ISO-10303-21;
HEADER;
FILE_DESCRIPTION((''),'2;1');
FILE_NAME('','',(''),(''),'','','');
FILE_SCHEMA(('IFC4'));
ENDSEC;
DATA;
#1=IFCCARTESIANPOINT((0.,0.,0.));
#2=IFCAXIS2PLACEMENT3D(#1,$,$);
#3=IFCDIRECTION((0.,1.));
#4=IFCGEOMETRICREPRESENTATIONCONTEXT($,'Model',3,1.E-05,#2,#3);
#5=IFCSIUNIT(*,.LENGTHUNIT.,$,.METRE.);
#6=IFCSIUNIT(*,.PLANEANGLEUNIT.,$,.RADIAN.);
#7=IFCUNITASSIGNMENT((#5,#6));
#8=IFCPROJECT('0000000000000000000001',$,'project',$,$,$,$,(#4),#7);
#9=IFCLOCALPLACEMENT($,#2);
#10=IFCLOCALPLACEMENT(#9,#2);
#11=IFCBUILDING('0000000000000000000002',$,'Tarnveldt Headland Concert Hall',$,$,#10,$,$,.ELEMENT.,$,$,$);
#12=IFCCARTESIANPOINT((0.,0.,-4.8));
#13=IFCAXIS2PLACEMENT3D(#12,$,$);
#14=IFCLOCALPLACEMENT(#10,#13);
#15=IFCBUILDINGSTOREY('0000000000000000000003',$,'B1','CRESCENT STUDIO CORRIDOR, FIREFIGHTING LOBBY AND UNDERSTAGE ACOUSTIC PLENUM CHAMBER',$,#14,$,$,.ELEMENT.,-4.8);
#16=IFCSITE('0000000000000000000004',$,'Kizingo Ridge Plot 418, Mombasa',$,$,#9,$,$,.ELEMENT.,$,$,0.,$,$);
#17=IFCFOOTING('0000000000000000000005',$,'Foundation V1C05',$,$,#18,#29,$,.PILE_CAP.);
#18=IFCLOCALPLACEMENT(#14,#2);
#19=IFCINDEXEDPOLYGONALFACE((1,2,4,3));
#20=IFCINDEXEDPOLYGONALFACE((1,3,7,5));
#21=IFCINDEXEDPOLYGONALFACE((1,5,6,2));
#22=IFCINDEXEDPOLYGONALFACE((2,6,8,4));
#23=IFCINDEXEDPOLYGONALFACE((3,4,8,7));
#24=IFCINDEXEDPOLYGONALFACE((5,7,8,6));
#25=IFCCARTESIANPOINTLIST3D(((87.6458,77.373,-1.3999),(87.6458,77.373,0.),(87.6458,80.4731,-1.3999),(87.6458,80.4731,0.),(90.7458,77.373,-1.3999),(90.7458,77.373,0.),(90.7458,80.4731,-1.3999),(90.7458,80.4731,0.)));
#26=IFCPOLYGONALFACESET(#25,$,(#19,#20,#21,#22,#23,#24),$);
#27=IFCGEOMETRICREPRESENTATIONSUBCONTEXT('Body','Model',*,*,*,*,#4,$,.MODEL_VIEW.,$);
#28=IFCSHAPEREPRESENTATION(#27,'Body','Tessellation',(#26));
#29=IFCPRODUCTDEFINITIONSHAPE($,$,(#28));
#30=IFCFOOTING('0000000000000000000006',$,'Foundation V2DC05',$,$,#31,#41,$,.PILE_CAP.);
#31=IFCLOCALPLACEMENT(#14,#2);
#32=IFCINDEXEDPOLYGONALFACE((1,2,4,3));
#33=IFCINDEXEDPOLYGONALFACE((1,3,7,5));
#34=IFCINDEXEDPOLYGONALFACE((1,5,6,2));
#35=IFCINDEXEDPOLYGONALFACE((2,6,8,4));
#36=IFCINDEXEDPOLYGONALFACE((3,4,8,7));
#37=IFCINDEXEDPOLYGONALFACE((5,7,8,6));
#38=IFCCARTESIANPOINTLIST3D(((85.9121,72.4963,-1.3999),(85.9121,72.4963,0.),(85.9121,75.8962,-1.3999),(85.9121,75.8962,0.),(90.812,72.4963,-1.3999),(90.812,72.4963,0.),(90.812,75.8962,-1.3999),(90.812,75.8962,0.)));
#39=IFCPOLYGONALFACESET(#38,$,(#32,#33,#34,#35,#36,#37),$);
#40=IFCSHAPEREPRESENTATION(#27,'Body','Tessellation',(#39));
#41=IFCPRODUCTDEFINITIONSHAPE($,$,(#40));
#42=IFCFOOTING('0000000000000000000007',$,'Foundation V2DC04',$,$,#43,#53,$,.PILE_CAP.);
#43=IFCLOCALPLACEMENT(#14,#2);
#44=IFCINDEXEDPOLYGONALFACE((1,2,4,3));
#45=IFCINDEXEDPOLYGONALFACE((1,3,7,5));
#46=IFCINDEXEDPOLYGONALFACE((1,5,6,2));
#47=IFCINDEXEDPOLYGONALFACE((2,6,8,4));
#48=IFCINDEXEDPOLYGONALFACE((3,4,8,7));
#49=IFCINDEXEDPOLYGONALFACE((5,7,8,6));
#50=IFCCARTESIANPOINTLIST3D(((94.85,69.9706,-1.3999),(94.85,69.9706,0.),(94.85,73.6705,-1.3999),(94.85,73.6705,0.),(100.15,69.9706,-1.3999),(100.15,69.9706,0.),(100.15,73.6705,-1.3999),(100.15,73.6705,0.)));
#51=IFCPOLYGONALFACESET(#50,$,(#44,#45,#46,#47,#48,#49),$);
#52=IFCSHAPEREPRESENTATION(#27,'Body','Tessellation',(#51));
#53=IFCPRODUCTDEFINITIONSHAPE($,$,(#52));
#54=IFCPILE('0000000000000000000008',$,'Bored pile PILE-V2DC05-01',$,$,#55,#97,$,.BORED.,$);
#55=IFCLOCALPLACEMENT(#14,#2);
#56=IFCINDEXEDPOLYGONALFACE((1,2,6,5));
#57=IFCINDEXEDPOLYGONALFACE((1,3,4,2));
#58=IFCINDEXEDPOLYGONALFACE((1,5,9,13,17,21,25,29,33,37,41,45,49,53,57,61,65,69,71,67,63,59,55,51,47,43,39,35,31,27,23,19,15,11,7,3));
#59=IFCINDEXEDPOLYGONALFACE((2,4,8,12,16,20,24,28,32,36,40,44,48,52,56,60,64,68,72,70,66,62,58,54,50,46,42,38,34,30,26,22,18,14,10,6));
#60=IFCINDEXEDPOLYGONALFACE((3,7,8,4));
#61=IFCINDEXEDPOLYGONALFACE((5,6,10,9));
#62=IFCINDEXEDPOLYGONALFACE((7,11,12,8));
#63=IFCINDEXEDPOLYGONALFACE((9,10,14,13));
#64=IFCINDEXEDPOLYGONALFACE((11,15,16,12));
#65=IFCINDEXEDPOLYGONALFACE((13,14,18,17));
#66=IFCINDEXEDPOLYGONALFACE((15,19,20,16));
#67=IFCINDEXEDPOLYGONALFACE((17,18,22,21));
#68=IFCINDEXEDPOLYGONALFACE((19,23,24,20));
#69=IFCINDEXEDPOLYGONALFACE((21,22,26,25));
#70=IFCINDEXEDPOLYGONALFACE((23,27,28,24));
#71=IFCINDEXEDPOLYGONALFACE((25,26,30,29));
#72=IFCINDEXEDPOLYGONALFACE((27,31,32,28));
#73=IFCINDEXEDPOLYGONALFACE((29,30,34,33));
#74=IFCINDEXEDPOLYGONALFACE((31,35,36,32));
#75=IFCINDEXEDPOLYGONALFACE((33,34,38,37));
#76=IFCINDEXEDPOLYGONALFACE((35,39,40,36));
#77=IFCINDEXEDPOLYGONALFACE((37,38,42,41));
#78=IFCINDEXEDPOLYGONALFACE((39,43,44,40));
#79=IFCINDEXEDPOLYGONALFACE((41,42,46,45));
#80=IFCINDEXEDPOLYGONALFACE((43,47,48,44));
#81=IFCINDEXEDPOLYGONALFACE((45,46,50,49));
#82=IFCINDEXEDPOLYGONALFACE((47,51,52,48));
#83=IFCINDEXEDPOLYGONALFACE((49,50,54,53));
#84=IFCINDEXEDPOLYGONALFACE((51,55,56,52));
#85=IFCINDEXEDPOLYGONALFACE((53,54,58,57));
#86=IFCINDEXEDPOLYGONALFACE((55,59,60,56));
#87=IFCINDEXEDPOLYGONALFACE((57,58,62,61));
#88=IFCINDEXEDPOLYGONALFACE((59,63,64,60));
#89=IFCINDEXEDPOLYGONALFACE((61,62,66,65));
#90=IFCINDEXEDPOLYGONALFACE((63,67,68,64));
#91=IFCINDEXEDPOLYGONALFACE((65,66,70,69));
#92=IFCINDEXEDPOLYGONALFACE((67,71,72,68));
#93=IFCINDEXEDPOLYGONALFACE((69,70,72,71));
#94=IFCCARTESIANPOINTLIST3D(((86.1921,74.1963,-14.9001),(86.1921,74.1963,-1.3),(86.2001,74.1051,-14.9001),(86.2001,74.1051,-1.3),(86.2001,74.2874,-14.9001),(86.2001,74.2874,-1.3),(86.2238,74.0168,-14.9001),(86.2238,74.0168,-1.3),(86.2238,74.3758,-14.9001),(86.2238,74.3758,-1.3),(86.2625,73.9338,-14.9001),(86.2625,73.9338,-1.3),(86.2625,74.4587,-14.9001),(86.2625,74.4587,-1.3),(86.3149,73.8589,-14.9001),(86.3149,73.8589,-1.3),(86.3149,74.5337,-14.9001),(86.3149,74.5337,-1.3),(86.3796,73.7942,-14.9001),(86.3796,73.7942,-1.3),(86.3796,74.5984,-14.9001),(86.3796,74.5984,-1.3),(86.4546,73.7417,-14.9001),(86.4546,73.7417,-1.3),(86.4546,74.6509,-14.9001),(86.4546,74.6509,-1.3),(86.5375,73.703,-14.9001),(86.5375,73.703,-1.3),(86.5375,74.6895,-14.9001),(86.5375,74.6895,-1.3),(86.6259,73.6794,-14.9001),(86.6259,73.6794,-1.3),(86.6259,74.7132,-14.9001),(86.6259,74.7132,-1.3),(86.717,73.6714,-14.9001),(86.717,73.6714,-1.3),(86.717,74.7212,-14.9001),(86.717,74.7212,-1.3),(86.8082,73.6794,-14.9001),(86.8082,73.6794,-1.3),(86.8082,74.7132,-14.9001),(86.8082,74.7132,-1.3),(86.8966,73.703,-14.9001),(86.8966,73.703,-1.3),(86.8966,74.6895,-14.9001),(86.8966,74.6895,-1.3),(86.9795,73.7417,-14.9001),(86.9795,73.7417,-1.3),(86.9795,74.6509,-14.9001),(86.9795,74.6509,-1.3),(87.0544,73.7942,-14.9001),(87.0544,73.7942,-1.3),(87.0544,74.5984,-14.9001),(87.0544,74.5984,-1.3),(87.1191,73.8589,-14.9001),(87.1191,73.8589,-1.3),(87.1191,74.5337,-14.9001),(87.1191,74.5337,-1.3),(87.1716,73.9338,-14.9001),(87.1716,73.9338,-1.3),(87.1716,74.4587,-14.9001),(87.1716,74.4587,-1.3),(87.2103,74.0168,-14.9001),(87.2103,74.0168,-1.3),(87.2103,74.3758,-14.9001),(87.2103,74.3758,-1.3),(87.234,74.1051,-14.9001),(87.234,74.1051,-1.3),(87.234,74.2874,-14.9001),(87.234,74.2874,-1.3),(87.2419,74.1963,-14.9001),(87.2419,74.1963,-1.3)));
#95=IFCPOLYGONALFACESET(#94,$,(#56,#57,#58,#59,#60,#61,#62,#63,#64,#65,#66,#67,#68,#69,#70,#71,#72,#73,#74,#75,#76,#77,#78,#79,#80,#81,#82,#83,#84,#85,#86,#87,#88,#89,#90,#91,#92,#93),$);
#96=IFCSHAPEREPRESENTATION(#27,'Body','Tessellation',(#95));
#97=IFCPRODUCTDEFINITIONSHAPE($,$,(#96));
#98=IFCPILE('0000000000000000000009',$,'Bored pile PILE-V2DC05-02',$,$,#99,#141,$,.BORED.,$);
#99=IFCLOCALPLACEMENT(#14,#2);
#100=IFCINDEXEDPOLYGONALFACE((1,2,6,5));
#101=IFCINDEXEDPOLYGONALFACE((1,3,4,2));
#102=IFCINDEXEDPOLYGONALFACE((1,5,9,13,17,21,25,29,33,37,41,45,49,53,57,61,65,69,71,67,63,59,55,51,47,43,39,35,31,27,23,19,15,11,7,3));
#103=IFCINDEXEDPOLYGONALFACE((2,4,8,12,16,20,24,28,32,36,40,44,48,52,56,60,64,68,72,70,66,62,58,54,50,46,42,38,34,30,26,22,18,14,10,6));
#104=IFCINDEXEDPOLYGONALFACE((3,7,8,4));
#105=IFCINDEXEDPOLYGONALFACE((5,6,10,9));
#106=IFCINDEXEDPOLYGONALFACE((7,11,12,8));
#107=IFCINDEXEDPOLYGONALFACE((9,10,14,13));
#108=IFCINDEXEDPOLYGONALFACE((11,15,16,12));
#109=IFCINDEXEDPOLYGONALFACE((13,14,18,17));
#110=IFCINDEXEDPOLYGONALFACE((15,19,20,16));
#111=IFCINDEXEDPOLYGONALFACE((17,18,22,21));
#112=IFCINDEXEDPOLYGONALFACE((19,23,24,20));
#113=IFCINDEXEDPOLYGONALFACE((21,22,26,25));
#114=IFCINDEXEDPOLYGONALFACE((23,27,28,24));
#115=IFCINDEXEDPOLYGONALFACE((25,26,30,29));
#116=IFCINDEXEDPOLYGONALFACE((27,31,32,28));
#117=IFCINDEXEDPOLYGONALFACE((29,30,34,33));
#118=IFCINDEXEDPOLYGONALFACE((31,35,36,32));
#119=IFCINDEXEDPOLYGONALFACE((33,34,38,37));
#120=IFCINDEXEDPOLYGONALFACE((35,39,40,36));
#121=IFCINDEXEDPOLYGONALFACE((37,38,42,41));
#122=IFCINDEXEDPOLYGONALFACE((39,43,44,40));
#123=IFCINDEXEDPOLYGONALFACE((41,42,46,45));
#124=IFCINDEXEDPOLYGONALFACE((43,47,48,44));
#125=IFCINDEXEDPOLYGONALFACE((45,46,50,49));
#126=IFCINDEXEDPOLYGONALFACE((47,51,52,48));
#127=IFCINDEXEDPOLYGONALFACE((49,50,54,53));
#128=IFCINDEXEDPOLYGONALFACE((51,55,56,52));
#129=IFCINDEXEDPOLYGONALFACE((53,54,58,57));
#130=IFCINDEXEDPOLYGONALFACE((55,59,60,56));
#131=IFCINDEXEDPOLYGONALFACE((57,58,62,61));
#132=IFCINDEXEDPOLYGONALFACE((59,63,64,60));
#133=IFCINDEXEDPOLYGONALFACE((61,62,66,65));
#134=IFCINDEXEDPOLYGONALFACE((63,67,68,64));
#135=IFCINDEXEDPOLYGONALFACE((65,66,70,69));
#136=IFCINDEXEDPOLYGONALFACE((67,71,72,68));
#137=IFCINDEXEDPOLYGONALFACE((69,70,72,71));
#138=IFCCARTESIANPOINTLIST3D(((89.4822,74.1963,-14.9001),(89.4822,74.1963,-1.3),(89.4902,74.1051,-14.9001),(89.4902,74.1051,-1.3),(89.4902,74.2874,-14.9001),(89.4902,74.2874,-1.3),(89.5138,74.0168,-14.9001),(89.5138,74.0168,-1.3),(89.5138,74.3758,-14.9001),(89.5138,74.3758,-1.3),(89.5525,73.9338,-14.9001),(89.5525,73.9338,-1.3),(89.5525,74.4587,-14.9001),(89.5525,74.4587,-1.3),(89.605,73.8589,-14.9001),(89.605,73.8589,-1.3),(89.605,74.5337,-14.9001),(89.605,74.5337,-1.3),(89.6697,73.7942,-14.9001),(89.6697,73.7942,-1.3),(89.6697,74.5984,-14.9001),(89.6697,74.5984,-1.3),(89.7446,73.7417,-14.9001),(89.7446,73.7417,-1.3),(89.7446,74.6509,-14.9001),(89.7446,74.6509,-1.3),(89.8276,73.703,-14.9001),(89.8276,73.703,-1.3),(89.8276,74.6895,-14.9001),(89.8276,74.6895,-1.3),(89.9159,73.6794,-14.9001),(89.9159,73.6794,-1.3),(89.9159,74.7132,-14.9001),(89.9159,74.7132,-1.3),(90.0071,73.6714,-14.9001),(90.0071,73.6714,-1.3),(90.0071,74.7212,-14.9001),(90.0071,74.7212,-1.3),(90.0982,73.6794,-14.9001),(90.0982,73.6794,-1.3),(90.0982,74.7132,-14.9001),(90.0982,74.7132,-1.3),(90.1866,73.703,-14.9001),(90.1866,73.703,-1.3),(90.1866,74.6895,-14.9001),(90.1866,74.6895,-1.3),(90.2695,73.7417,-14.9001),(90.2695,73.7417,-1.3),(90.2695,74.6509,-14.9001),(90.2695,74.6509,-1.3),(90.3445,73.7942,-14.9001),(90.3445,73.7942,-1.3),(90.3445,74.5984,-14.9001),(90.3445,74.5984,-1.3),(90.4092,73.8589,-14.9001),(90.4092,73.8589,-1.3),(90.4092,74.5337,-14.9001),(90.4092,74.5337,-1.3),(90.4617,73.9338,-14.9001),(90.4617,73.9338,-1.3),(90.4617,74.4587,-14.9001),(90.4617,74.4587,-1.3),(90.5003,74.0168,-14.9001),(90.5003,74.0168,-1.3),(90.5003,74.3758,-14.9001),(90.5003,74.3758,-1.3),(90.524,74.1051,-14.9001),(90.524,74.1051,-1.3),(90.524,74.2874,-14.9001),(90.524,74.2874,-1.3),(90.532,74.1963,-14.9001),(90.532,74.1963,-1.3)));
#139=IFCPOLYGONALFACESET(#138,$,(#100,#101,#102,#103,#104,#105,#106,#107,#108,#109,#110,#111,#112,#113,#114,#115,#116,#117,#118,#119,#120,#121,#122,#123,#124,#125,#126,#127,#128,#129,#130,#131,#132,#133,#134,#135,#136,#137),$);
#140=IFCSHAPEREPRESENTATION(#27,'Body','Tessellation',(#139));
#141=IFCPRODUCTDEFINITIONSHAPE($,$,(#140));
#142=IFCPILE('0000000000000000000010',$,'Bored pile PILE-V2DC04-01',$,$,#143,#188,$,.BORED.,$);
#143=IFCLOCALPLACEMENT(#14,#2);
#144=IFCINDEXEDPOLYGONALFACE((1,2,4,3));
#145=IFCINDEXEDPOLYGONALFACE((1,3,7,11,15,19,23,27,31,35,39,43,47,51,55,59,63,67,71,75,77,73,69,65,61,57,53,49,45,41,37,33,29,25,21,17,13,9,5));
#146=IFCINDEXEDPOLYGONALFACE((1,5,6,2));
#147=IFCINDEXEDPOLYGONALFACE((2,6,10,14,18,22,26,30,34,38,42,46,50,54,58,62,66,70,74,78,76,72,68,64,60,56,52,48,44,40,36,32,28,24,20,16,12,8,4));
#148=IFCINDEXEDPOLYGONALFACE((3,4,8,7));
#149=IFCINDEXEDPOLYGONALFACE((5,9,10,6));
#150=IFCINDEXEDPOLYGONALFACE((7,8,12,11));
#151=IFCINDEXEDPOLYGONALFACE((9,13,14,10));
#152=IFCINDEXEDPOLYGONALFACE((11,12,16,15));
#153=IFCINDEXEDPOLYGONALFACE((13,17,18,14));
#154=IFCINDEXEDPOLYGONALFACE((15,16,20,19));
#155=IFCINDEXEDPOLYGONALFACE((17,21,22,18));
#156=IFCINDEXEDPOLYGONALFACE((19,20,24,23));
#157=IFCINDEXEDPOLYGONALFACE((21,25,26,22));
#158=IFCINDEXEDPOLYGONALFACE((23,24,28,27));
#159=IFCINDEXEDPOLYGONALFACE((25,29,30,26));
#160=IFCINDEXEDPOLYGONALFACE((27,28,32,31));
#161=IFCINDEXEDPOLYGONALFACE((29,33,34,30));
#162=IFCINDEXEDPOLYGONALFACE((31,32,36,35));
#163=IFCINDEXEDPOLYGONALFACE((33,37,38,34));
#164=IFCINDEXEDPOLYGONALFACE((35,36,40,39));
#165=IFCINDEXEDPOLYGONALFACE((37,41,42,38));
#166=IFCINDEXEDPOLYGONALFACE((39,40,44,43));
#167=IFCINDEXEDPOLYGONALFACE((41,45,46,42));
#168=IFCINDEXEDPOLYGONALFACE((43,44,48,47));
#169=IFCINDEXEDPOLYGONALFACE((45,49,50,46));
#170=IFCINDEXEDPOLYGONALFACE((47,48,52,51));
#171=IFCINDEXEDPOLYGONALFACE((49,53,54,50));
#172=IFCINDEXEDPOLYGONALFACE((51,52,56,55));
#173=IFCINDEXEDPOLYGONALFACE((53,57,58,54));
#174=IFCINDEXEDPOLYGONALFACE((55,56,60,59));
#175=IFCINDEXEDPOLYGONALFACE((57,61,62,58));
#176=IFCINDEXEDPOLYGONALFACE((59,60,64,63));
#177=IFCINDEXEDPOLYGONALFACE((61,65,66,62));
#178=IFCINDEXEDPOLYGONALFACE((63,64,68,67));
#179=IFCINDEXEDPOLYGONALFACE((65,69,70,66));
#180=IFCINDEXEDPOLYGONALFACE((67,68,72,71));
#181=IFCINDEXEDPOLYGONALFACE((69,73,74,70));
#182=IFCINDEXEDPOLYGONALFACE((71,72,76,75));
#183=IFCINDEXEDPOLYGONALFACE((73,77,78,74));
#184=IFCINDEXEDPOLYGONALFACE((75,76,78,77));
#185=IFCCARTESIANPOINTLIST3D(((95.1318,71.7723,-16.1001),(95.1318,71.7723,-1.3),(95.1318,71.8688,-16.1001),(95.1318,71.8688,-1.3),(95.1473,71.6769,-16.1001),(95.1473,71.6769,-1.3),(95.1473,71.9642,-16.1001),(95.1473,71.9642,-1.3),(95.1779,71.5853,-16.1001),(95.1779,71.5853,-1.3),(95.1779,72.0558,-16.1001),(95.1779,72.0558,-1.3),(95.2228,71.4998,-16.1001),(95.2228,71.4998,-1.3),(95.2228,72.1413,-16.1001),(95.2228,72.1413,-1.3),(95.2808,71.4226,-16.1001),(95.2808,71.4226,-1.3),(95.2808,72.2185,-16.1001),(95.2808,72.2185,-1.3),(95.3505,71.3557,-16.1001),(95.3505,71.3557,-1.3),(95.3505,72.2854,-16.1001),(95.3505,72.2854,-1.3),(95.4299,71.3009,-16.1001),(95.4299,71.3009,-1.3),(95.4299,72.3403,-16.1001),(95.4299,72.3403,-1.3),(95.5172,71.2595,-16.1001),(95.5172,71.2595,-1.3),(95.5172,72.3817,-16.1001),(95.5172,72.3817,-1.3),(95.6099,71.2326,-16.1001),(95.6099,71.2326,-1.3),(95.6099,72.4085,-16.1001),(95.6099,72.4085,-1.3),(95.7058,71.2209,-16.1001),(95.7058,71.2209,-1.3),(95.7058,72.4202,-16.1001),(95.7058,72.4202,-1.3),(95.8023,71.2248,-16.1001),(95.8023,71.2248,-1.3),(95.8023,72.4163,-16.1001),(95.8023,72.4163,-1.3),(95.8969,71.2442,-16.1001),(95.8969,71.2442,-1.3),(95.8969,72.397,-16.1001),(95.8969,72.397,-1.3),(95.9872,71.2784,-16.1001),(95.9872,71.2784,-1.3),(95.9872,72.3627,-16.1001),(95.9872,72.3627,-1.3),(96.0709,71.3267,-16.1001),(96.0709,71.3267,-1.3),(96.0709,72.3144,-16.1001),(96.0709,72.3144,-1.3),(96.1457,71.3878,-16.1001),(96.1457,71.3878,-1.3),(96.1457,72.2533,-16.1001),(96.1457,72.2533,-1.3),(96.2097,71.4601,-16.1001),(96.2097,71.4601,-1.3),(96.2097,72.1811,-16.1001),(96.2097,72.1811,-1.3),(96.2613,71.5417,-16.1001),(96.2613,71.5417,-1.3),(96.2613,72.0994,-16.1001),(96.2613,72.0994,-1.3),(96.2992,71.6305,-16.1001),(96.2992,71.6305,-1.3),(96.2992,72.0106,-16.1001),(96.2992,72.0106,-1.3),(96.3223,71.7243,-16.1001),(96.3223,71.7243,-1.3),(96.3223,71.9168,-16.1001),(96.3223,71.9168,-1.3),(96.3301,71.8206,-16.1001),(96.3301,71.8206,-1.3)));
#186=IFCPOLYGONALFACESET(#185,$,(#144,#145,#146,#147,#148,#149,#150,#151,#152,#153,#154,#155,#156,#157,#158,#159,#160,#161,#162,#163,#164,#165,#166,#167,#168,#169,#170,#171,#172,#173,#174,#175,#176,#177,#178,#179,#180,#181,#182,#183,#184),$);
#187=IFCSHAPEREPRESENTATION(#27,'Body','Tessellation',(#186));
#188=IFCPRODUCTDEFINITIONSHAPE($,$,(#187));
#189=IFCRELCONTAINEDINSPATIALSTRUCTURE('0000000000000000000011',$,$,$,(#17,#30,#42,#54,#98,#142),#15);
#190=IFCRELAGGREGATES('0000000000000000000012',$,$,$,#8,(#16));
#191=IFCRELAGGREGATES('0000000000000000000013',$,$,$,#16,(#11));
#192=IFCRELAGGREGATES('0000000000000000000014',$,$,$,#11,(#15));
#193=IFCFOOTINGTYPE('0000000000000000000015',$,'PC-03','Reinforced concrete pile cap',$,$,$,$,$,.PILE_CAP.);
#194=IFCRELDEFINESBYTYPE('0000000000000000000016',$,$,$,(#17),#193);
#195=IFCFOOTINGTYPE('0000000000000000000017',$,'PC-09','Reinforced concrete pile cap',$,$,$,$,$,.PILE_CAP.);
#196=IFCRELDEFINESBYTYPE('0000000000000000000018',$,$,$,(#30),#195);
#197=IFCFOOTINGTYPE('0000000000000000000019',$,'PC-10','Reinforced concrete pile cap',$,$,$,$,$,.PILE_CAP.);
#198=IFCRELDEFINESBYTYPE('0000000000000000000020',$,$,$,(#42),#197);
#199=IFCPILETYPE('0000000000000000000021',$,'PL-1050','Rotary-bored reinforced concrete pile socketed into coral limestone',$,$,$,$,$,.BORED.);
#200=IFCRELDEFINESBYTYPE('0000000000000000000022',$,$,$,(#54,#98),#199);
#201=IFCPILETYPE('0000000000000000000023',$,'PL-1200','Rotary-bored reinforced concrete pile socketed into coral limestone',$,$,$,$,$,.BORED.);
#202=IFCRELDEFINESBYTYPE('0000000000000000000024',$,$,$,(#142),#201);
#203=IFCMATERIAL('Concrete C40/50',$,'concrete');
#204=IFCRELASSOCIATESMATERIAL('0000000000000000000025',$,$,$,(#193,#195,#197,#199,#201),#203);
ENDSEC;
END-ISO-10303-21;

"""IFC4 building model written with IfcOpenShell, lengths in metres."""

from ifc_helpers import new_model, si_unit, direction, frame, origin, origin_2d, place, context, subcontext, project, spatial, rectangle, circle, extrude, material, material_profile, profile_set, type_object, element, save


model = new_model("IFC4")

# Units and contexts
model_context = context("Model", 3, precision=1e-05, world=origin(), true_north=direction((0.0, 1.0)))
body_context = subcontext(model_context, "Body", "Model", "MODEL_VIEW")
ifc_project = project(units=[si_unit("LENGTHUNIT", "METRE"), si_unit("PLANEANGLEUNIT", "RADIAN")], contexts=[model_context])

# Site, building, storey
site_placement = place(None, origin())
site = spatial("IfcSite", under=ifc_project, at=site_placement, Name="Kizingo Ridge Plot 418, Mombasa", CompositionType="ELEMENT", RefElevation=0.0)
building_placement = place(site_placement, origin())
building = spatial("IfcBuilding", under=site, at=building_placement, Name="Tarnveldt Headland Concert Hall", CompositionType="ELEMENT")
storey_placement = place(building_placement, frame((0.0, 0.0, -4.8)))
storey = spatial("IfcBuildingStorey", under=building, at=storey_placement, Name="B1", Description="CRESCENT STUDIO CORRIDOR, FIREFIGHTING LOBBY AND UNDERSTAGE ACOUSTIC PLENUM CHAMBER", CompositionType="ELEMENT", Elevation=-4.8)

# Footings
ifc_material_1 = material(Name="Concrete C40/50", Category="concrete")
footing_type_1 = type_object("IfcFootingType", Name="PC-03", Description="Reinforced concrete pile cap", PredefinedType="PILE_CAP", material=ifc_material_1)
footing_1_placement = place(storey_placement, frame((89.1958, 78.9231, -1.3999), z_axis=(0.0, 0.0, 1.0), x_axis=(1.0, 0.0, 0.0)))
element("IfcFooting", 1, at=footing_1_placement, inside=storey, type_object=footing_type_1, Name="Foundation V1C05", PredefinedType="PILE_CAP", context=body_context, shape_type="SweptSolid", body=[
    extrude(rectangle(XDim=3.1001, YDim=3.1001, at=origin_2d()), origin(), (0.0, 0.0, 1.0), 1.3999),
])
footing_type_2 = type_object("IfcFootingType", Name="PC-09", Description="Reinforced concrete pile cap", PredefinedType="PILE_CAP", material=ifc_material_1)
footing_2_placement = place(storey_placement, frame((88.3621, 74.1963, -1.3999), z_axis=(0.0, 0.0, 1.0), x_axis=(1.0, 0.0, 0.0)))
element("IfcFooting", 2, at=footing_2_placement, inside=storey, type_object=footing_type_2, Name="Foundation V2DC05", PredefinedType="PILE_CAP", context=body_context, shape_type="SweptSolid", body=[
    extrude(rectangle(XDim=4.8999, YDim=3.3999, at=origin_2d()), origin(), (0.0, 0.0, 1.0), 1.3999),
])
footing_type_3 = type_object("IfcFootingType", Name="PC-10", Description="Reinforced concrete pile cap", PredefinedType="PILE_CAP", material=ifc_material_1)
footing_3_placement = place(storey_placement, frame((97.5, 71.8206, -1.3999), z_axis=(0.0, 0.0, 1.0), x_axis=(1.0, 0.0, 0.0)))
element("IfcFooting", 3, at=footing_3_placement, inside=storey, type_object=footing_type_3, Name="Foundation V2DC04", PredefinedType="PILE_CAP", context=body_context, shape_type="SweptSolid", body=[
    extrude(rectangle(XDim=5.3, YDim=3.7, at=origin_2d()), origin(), (0.0, 0.0, 1.0), 1.3999),
])

# Piles
ifc_material_profile_1 = material_profile(ifc_material_1, circle(Radius=0.5249, at=origin_2d()), Name="BORED PILE D1050", Category="concrete")
ifc_profile_set_1 = profile_set([ifc_material_profile_1], Name="Concrete C40/50")
pile_type_1 = type_object("IfcPileType", Name="PL-1050", Description="Rotary-bored reinforced concrete pile socketed into coral limestone", PredefinedType="BORED", material=ifc_profile_set_1)
for number, where, z_axis, x_axis, name in (
    (4, (86.717, 74.1963, -1.3), (0.0, 0.0, -1.0), (1.0, 0.0, 0.0), "Bored pile PILE-V2DC05-01"),
    (5, (90.0071, 74.1963, -1.3), (0.0, 0.0, -1.0), (1.0, 0.0, 0.0), "Bored pile PILE-V2DC05-02"),
):
    element("IfcPile", number, at=place(storey_placement, frame(where, z_axis=z_axis, x_axis=x_axis)), inside=storey, type_object=pile_type_1, Name=name, PredefinedType="BORED", context=body_context, shape_type="SweptSolid", body=[
        extrude(circle(Radius=0.5249, at=origin_2d()), origin(), (0.0, 0.0, 1.0), 13.6001),
    ])
ifc_material_profile_2 = material_profile(ifc_material_1, circle(Radius=0.6001, at=origin_2d()), Name="BORED PILE D1200", Category="concrete")
ifc_profile_set_2 = profile_set([ifc_material_profile_2], Name="Concrete C40/50")
pile_type_2 = type_object("IfcPileType", Name="PL-1200", Description="Rotary-bored reinforced concrete pile socketed into coral limestone", PredefinedType="BORED", material=ifc_profile_set_2)
pile_1_placement = place(storey_placement, frame((95.73, 71.8206, -1.3), z_axis=(0.0, 0.0, -1.0), x_axis=(1.0, 0.0, 0.0)))
element("IfcPile", 6, at=pile_1_placement, inside=storey, type_object=pile_type_2, Name="Bored pile PILE-V2DC04-01", PredefinedType="BORED", context=body_context, shape_type="SweptSolid", body=[
    extrude(circle(Radius=0.6001, at=origin_2d()), origin(), (0.0, 0.0, 1.0), 14.8),
])

save(model, "model.ifc")
